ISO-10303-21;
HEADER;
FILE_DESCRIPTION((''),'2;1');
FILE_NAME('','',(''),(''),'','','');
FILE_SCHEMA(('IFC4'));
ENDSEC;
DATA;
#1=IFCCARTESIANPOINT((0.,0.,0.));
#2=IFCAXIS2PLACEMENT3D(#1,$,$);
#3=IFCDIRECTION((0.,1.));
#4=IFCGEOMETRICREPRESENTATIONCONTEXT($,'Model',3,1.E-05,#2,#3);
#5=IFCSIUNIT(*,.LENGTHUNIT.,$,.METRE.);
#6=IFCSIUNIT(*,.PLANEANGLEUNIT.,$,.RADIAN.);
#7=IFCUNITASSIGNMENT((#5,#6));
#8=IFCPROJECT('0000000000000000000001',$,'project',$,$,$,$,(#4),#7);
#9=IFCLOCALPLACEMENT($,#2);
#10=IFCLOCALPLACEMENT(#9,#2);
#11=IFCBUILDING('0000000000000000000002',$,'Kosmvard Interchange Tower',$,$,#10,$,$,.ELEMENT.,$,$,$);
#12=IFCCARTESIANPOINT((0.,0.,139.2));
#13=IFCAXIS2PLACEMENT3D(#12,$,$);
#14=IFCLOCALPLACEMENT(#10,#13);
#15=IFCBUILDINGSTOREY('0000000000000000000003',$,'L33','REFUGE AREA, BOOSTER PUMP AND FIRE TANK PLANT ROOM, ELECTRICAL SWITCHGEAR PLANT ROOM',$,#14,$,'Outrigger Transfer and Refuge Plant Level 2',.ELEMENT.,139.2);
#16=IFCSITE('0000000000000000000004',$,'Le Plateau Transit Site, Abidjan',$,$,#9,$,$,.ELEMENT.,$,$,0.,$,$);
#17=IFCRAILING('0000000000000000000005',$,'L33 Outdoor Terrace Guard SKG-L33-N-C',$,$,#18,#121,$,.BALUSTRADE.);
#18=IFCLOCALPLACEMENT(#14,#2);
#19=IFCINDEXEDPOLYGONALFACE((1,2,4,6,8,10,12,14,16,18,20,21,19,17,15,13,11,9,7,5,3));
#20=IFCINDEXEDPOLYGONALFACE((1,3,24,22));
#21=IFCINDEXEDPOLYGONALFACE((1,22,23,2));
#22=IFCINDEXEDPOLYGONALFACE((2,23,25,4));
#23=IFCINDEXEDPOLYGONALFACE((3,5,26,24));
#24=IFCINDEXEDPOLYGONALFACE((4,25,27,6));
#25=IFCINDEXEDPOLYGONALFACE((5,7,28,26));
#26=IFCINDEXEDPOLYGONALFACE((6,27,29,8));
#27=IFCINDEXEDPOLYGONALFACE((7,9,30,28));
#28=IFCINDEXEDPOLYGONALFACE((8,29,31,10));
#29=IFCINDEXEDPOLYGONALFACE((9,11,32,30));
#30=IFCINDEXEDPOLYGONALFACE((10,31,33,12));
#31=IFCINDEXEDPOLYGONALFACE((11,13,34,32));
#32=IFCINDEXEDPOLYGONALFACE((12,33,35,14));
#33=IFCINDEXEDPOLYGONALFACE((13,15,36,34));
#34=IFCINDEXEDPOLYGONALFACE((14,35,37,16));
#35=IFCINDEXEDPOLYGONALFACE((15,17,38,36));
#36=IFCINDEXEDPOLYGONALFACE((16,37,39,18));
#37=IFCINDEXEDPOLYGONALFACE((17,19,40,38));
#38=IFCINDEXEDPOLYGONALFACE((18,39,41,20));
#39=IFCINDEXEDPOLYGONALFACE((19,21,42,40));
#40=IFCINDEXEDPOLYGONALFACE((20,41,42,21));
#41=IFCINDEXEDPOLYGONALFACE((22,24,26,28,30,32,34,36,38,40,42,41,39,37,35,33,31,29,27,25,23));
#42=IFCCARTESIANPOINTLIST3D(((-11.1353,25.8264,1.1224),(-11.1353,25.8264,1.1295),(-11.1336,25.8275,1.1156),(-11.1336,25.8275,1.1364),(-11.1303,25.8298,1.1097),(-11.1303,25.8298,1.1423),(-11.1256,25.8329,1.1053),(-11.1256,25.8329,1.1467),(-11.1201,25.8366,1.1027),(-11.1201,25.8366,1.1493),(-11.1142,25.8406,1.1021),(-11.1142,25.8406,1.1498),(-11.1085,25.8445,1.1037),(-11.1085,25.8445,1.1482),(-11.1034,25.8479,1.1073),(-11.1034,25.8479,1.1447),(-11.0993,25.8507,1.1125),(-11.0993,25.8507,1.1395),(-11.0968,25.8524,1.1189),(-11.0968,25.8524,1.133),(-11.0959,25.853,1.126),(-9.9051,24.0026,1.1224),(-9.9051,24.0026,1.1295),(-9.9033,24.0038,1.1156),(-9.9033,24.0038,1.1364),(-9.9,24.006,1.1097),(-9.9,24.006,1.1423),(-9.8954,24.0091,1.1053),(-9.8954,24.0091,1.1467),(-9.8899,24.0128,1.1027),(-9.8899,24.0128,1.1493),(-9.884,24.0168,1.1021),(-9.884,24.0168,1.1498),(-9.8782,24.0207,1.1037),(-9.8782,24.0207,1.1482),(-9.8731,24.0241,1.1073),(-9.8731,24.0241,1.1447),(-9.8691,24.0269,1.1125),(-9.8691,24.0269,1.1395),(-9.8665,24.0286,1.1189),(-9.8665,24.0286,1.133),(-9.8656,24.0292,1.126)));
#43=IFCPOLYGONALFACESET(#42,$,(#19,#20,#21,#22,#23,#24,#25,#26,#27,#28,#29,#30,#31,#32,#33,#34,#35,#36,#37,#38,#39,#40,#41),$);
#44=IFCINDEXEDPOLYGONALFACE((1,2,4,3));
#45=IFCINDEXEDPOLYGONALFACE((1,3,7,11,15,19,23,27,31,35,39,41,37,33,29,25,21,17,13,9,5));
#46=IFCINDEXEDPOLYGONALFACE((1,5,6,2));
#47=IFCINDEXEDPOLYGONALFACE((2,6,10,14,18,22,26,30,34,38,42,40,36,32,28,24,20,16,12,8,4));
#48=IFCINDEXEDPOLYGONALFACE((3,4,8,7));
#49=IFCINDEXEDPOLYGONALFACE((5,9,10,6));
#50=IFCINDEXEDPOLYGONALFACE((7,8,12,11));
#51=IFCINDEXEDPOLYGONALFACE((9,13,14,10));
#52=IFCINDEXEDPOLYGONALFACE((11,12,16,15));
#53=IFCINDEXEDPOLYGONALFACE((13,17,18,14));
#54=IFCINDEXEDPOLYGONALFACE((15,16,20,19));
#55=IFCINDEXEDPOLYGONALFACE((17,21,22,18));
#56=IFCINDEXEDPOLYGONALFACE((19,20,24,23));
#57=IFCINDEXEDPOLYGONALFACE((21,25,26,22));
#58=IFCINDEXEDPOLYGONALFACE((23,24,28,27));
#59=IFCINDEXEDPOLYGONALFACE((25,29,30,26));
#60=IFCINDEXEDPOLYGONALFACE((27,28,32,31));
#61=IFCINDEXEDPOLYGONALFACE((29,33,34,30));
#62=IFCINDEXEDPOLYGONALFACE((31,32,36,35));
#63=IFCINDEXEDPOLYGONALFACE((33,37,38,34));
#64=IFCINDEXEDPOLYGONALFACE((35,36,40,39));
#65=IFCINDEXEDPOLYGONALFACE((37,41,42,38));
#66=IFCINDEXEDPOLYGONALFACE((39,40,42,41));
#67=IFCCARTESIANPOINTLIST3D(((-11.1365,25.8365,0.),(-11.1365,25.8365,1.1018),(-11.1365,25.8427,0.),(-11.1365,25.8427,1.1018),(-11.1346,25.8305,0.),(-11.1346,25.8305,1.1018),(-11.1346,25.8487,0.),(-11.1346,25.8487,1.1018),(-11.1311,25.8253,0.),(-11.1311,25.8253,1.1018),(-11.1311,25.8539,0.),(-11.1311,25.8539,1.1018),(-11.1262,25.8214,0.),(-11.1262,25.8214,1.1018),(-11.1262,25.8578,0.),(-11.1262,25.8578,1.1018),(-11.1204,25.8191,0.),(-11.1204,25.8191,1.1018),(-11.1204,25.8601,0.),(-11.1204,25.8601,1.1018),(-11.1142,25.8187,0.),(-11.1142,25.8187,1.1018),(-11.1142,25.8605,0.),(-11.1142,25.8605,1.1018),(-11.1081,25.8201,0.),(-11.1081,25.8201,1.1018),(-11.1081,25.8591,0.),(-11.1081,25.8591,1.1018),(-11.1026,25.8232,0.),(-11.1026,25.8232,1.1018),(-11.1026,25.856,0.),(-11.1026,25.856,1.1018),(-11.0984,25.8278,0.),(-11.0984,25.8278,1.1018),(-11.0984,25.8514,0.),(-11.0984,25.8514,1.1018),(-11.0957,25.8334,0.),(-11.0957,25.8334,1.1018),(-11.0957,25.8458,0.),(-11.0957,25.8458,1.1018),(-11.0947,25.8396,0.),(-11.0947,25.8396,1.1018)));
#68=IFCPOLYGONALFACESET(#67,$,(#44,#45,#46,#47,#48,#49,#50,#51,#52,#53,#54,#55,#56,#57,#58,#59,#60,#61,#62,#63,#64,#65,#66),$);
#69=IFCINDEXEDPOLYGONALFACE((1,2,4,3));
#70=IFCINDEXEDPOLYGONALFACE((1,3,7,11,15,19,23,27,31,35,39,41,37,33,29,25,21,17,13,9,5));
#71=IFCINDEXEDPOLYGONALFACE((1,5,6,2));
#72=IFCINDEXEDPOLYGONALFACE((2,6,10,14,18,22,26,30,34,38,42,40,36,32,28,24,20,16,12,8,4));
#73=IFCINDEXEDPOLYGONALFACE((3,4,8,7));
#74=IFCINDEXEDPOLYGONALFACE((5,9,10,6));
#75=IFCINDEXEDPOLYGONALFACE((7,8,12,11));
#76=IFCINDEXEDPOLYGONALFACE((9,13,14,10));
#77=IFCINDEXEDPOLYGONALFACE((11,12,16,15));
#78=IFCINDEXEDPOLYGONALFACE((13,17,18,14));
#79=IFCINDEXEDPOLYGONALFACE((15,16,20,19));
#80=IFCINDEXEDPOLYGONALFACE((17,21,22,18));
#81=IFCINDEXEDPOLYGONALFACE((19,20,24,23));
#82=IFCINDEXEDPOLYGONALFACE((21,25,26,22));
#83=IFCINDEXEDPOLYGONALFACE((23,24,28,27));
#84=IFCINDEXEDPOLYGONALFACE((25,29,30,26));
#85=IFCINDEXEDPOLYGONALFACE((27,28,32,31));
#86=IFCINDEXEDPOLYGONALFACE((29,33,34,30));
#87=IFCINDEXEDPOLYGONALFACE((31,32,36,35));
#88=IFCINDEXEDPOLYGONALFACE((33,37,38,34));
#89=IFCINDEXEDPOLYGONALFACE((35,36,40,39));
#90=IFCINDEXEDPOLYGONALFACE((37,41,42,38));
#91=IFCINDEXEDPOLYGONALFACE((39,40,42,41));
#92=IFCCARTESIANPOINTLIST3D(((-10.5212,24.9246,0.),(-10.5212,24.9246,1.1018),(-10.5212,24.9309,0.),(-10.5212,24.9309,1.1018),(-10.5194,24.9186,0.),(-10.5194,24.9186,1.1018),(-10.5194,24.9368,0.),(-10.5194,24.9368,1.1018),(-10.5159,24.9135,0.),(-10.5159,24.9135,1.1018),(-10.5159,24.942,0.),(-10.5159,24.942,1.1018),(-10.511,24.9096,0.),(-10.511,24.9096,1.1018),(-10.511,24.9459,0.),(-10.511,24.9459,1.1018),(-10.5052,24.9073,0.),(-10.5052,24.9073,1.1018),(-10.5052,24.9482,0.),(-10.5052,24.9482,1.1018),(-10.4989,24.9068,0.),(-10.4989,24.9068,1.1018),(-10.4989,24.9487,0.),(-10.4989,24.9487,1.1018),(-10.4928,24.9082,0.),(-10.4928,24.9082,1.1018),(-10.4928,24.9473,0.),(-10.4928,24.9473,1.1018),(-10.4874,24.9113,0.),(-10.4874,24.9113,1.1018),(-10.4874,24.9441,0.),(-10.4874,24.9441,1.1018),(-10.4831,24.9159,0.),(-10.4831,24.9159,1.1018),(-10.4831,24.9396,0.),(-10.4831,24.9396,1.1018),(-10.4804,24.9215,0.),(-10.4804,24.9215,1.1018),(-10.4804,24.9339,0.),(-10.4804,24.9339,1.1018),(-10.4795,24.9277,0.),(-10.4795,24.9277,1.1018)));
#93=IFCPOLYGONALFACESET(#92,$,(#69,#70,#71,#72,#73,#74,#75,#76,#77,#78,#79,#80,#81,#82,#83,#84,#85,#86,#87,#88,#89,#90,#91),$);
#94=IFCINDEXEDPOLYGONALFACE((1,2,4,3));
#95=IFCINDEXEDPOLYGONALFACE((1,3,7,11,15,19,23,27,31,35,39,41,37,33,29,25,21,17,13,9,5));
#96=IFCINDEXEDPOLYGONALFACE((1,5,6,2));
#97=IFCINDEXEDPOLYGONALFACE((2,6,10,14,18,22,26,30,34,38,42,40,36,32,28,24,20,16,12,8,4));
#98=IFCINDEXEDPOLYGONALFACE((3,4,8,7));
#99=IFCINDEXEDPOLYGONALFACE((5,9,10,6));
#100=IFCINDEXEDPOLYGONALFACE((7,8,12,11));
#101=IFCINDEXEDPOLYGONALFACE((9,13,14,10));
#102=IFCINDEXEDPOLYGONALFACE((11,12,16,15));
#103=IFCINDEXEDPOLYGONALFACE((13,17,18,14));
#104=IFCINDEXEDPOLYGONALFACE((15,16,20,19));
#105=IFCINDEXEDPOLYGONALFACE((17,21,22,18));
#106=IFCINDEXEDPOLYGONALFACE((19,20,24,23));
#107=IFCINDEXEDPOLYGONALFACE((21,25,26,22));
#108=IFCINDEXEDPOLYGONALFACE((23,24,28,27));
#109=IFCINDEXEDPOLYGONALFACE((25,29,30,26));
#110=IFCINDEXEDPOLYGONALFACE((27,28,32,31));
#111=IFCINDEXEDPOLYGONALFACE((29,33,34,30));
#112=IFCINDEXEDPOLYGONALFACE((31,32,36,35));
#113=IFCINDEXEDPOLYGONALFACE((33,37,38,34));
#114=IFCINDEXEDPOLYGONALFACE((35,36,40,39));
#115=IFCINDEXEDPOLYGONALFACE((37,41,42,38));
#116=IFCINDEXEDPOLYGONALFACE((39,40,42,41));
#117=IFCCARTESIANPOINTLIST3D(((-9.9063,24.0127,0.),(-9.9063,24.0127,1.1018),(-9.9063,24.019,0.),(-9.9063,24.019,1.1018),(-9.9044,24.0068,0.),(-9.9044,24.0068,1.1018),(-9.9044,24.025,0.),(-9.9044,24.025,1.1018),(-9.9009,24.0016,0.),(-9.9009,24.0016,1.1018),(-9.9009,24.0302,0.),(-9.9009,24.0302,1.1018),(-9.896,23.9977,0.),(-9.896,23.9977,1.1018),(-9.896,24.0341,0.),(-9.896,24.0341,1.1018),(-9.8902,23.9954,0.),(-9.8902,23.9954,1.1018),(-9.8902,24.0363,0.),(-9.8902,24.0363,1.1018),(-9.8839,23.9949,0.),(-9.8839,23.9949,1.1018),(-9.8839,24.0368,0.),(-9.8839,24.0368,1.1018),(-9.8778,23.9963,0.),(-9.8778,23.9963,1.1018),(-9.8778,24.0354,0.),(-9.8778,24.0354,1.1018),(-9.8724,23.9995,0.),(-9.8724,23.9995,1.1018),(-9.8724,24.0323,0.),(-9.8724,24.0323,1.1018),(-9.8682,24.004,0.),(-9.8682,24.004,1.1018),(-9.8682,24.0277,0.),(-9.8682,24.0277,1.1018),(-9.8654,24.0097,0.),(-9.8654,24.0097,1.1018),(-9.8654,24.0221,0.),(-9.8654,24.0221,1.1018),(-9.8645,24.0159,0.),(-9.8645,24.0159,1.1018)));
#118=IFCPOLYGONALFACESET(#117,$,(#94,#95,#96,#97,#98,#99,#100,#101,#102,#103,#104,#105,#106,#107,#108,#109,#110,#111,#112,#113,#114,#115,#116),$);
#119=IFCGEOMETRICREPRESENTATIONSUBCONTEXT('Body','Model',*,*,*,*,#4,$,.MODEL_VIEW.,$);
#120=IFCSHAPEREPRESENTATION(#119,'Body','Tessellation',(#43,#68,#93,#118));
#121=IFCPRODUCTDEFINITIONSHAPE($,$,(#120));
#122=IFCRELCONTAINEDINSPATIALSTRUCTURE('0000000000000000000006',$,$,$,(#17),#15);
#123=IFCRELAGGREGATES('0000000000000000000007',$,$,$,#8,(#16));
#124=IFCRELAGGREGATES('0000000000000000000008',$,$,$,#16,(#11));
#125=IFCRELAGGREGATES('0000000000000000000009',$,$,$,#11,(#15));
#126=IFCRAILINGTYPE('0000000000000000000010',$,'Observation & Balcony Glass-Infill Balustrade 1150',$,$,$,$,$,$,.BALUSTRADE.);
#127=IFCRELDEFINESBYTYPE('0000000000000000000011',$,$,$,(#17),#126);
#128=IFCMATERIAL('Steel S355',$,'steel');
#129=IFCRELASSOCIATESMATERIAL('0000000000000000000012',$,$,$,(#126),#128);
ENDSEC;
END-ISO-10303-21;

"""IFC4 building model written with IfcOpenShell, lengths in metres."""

from ifc_helpers import new_model, si_unit, direction, frame, origin, origin_2d, place, context, subcontext, project, spatial, circle, extrude, source, transform, mapped, material, type_object, element, save


model = new_model("IFC4")

# Units and contexts
model_context = context("Model", 3, precision=1e-05, world=origin(), true_north=direction((0.0, 1.0)))
body_context = subcontext(model_context, "Body", "Model", "MODEL_VIEW")
ifc_project = project(units=[si_unit("LENGTHUNIT", "METRE"), si_unit("PLANEANGLEUNIT", "RADIAN")], contexts=[model_context])

# Site, building, storey
site_placement = place(None, origin())
site = spatial("IfcSite", under=ifc_project, at=site_placement, Name="Le Plateau Transit Site, Abidjan", CompositionType="ELEMENT", RefElevation=0.0)
building_placement = place(site_placement, origin())
building = spatial("IfcBuilding", under=site, at=building_placement, Name="Kosmvard Interchange Tower", CompositionType="ELEMENT")
storey_placement = place(building_placement, frame((0.0, 0.0, 139.2)))
storey = spatial("IfcBuildingStorey", under=building, at=storey_placement, Name="L33", Description="REFUGE AREA, BOOSTER PUMP AND FIRE TANK PLANT ROOM, ELECTRICAL SWITCHGEAR PLANT ROOM", LongName="Outrigger Transfer and Refuge Plant Level 2", CompositionType="ELEMENT", Elevation=139.2)

# Railing
ifc_material_1 = material(Name="Steel S355", Category="steel")
railing_type = type_object("IfcRailingType", Name="Observation & Balcony Glass-Infill Balustrade 1150", PredefinedType="BALUSTRADE", material=ifc_material_1)
shared_shape_1 = source(origin(), body_context, "Body", "SweptSolid", [
    extrude(circle(Radius=0.0239, at=origin_2d()), frame((0.0, 0.0, 1.126), z_axis=(0.559225, -0.829016, 0.0), x_axis=(0.829016, 0.559225, 0.0)), (0.0, 0.0, 1.0), 2.2),
    extrude(circle(Radius=0.021, at=origin_2d()), origin(), (0.0, 0.0, 1.0), 1.1018),
    extrude(circle(Radius=0.021, at=origin_2d()), frame((0.6152, -0.9119, 0.0)), (0.0, 0.0, 1.0), 1.1018),
    extrude(circle(Radius=0.021, at=origin_2d()), frame((1.2302, -1.8237, 0.0)), (0.0, 0.0, 1.0), 1.1018),
])
railing_placement = place(storey_placement, frame((-11.1157, 25.8396, 0.0)))
element("IfcRailing", 1, at=railing_placement, inside=storey, type_object=railing_type, Name="L33 Outdoor Terrace Guard SKG-L33-N-C", PredefinedType="BALUSTRADE", context=body_context, shape_type="MappedRepresentation", body=[
    mapped(shared_shape_1, transform((0.0, 0.0, 0.0), scale=1.0)),
])

save(model, "model.ifc")
